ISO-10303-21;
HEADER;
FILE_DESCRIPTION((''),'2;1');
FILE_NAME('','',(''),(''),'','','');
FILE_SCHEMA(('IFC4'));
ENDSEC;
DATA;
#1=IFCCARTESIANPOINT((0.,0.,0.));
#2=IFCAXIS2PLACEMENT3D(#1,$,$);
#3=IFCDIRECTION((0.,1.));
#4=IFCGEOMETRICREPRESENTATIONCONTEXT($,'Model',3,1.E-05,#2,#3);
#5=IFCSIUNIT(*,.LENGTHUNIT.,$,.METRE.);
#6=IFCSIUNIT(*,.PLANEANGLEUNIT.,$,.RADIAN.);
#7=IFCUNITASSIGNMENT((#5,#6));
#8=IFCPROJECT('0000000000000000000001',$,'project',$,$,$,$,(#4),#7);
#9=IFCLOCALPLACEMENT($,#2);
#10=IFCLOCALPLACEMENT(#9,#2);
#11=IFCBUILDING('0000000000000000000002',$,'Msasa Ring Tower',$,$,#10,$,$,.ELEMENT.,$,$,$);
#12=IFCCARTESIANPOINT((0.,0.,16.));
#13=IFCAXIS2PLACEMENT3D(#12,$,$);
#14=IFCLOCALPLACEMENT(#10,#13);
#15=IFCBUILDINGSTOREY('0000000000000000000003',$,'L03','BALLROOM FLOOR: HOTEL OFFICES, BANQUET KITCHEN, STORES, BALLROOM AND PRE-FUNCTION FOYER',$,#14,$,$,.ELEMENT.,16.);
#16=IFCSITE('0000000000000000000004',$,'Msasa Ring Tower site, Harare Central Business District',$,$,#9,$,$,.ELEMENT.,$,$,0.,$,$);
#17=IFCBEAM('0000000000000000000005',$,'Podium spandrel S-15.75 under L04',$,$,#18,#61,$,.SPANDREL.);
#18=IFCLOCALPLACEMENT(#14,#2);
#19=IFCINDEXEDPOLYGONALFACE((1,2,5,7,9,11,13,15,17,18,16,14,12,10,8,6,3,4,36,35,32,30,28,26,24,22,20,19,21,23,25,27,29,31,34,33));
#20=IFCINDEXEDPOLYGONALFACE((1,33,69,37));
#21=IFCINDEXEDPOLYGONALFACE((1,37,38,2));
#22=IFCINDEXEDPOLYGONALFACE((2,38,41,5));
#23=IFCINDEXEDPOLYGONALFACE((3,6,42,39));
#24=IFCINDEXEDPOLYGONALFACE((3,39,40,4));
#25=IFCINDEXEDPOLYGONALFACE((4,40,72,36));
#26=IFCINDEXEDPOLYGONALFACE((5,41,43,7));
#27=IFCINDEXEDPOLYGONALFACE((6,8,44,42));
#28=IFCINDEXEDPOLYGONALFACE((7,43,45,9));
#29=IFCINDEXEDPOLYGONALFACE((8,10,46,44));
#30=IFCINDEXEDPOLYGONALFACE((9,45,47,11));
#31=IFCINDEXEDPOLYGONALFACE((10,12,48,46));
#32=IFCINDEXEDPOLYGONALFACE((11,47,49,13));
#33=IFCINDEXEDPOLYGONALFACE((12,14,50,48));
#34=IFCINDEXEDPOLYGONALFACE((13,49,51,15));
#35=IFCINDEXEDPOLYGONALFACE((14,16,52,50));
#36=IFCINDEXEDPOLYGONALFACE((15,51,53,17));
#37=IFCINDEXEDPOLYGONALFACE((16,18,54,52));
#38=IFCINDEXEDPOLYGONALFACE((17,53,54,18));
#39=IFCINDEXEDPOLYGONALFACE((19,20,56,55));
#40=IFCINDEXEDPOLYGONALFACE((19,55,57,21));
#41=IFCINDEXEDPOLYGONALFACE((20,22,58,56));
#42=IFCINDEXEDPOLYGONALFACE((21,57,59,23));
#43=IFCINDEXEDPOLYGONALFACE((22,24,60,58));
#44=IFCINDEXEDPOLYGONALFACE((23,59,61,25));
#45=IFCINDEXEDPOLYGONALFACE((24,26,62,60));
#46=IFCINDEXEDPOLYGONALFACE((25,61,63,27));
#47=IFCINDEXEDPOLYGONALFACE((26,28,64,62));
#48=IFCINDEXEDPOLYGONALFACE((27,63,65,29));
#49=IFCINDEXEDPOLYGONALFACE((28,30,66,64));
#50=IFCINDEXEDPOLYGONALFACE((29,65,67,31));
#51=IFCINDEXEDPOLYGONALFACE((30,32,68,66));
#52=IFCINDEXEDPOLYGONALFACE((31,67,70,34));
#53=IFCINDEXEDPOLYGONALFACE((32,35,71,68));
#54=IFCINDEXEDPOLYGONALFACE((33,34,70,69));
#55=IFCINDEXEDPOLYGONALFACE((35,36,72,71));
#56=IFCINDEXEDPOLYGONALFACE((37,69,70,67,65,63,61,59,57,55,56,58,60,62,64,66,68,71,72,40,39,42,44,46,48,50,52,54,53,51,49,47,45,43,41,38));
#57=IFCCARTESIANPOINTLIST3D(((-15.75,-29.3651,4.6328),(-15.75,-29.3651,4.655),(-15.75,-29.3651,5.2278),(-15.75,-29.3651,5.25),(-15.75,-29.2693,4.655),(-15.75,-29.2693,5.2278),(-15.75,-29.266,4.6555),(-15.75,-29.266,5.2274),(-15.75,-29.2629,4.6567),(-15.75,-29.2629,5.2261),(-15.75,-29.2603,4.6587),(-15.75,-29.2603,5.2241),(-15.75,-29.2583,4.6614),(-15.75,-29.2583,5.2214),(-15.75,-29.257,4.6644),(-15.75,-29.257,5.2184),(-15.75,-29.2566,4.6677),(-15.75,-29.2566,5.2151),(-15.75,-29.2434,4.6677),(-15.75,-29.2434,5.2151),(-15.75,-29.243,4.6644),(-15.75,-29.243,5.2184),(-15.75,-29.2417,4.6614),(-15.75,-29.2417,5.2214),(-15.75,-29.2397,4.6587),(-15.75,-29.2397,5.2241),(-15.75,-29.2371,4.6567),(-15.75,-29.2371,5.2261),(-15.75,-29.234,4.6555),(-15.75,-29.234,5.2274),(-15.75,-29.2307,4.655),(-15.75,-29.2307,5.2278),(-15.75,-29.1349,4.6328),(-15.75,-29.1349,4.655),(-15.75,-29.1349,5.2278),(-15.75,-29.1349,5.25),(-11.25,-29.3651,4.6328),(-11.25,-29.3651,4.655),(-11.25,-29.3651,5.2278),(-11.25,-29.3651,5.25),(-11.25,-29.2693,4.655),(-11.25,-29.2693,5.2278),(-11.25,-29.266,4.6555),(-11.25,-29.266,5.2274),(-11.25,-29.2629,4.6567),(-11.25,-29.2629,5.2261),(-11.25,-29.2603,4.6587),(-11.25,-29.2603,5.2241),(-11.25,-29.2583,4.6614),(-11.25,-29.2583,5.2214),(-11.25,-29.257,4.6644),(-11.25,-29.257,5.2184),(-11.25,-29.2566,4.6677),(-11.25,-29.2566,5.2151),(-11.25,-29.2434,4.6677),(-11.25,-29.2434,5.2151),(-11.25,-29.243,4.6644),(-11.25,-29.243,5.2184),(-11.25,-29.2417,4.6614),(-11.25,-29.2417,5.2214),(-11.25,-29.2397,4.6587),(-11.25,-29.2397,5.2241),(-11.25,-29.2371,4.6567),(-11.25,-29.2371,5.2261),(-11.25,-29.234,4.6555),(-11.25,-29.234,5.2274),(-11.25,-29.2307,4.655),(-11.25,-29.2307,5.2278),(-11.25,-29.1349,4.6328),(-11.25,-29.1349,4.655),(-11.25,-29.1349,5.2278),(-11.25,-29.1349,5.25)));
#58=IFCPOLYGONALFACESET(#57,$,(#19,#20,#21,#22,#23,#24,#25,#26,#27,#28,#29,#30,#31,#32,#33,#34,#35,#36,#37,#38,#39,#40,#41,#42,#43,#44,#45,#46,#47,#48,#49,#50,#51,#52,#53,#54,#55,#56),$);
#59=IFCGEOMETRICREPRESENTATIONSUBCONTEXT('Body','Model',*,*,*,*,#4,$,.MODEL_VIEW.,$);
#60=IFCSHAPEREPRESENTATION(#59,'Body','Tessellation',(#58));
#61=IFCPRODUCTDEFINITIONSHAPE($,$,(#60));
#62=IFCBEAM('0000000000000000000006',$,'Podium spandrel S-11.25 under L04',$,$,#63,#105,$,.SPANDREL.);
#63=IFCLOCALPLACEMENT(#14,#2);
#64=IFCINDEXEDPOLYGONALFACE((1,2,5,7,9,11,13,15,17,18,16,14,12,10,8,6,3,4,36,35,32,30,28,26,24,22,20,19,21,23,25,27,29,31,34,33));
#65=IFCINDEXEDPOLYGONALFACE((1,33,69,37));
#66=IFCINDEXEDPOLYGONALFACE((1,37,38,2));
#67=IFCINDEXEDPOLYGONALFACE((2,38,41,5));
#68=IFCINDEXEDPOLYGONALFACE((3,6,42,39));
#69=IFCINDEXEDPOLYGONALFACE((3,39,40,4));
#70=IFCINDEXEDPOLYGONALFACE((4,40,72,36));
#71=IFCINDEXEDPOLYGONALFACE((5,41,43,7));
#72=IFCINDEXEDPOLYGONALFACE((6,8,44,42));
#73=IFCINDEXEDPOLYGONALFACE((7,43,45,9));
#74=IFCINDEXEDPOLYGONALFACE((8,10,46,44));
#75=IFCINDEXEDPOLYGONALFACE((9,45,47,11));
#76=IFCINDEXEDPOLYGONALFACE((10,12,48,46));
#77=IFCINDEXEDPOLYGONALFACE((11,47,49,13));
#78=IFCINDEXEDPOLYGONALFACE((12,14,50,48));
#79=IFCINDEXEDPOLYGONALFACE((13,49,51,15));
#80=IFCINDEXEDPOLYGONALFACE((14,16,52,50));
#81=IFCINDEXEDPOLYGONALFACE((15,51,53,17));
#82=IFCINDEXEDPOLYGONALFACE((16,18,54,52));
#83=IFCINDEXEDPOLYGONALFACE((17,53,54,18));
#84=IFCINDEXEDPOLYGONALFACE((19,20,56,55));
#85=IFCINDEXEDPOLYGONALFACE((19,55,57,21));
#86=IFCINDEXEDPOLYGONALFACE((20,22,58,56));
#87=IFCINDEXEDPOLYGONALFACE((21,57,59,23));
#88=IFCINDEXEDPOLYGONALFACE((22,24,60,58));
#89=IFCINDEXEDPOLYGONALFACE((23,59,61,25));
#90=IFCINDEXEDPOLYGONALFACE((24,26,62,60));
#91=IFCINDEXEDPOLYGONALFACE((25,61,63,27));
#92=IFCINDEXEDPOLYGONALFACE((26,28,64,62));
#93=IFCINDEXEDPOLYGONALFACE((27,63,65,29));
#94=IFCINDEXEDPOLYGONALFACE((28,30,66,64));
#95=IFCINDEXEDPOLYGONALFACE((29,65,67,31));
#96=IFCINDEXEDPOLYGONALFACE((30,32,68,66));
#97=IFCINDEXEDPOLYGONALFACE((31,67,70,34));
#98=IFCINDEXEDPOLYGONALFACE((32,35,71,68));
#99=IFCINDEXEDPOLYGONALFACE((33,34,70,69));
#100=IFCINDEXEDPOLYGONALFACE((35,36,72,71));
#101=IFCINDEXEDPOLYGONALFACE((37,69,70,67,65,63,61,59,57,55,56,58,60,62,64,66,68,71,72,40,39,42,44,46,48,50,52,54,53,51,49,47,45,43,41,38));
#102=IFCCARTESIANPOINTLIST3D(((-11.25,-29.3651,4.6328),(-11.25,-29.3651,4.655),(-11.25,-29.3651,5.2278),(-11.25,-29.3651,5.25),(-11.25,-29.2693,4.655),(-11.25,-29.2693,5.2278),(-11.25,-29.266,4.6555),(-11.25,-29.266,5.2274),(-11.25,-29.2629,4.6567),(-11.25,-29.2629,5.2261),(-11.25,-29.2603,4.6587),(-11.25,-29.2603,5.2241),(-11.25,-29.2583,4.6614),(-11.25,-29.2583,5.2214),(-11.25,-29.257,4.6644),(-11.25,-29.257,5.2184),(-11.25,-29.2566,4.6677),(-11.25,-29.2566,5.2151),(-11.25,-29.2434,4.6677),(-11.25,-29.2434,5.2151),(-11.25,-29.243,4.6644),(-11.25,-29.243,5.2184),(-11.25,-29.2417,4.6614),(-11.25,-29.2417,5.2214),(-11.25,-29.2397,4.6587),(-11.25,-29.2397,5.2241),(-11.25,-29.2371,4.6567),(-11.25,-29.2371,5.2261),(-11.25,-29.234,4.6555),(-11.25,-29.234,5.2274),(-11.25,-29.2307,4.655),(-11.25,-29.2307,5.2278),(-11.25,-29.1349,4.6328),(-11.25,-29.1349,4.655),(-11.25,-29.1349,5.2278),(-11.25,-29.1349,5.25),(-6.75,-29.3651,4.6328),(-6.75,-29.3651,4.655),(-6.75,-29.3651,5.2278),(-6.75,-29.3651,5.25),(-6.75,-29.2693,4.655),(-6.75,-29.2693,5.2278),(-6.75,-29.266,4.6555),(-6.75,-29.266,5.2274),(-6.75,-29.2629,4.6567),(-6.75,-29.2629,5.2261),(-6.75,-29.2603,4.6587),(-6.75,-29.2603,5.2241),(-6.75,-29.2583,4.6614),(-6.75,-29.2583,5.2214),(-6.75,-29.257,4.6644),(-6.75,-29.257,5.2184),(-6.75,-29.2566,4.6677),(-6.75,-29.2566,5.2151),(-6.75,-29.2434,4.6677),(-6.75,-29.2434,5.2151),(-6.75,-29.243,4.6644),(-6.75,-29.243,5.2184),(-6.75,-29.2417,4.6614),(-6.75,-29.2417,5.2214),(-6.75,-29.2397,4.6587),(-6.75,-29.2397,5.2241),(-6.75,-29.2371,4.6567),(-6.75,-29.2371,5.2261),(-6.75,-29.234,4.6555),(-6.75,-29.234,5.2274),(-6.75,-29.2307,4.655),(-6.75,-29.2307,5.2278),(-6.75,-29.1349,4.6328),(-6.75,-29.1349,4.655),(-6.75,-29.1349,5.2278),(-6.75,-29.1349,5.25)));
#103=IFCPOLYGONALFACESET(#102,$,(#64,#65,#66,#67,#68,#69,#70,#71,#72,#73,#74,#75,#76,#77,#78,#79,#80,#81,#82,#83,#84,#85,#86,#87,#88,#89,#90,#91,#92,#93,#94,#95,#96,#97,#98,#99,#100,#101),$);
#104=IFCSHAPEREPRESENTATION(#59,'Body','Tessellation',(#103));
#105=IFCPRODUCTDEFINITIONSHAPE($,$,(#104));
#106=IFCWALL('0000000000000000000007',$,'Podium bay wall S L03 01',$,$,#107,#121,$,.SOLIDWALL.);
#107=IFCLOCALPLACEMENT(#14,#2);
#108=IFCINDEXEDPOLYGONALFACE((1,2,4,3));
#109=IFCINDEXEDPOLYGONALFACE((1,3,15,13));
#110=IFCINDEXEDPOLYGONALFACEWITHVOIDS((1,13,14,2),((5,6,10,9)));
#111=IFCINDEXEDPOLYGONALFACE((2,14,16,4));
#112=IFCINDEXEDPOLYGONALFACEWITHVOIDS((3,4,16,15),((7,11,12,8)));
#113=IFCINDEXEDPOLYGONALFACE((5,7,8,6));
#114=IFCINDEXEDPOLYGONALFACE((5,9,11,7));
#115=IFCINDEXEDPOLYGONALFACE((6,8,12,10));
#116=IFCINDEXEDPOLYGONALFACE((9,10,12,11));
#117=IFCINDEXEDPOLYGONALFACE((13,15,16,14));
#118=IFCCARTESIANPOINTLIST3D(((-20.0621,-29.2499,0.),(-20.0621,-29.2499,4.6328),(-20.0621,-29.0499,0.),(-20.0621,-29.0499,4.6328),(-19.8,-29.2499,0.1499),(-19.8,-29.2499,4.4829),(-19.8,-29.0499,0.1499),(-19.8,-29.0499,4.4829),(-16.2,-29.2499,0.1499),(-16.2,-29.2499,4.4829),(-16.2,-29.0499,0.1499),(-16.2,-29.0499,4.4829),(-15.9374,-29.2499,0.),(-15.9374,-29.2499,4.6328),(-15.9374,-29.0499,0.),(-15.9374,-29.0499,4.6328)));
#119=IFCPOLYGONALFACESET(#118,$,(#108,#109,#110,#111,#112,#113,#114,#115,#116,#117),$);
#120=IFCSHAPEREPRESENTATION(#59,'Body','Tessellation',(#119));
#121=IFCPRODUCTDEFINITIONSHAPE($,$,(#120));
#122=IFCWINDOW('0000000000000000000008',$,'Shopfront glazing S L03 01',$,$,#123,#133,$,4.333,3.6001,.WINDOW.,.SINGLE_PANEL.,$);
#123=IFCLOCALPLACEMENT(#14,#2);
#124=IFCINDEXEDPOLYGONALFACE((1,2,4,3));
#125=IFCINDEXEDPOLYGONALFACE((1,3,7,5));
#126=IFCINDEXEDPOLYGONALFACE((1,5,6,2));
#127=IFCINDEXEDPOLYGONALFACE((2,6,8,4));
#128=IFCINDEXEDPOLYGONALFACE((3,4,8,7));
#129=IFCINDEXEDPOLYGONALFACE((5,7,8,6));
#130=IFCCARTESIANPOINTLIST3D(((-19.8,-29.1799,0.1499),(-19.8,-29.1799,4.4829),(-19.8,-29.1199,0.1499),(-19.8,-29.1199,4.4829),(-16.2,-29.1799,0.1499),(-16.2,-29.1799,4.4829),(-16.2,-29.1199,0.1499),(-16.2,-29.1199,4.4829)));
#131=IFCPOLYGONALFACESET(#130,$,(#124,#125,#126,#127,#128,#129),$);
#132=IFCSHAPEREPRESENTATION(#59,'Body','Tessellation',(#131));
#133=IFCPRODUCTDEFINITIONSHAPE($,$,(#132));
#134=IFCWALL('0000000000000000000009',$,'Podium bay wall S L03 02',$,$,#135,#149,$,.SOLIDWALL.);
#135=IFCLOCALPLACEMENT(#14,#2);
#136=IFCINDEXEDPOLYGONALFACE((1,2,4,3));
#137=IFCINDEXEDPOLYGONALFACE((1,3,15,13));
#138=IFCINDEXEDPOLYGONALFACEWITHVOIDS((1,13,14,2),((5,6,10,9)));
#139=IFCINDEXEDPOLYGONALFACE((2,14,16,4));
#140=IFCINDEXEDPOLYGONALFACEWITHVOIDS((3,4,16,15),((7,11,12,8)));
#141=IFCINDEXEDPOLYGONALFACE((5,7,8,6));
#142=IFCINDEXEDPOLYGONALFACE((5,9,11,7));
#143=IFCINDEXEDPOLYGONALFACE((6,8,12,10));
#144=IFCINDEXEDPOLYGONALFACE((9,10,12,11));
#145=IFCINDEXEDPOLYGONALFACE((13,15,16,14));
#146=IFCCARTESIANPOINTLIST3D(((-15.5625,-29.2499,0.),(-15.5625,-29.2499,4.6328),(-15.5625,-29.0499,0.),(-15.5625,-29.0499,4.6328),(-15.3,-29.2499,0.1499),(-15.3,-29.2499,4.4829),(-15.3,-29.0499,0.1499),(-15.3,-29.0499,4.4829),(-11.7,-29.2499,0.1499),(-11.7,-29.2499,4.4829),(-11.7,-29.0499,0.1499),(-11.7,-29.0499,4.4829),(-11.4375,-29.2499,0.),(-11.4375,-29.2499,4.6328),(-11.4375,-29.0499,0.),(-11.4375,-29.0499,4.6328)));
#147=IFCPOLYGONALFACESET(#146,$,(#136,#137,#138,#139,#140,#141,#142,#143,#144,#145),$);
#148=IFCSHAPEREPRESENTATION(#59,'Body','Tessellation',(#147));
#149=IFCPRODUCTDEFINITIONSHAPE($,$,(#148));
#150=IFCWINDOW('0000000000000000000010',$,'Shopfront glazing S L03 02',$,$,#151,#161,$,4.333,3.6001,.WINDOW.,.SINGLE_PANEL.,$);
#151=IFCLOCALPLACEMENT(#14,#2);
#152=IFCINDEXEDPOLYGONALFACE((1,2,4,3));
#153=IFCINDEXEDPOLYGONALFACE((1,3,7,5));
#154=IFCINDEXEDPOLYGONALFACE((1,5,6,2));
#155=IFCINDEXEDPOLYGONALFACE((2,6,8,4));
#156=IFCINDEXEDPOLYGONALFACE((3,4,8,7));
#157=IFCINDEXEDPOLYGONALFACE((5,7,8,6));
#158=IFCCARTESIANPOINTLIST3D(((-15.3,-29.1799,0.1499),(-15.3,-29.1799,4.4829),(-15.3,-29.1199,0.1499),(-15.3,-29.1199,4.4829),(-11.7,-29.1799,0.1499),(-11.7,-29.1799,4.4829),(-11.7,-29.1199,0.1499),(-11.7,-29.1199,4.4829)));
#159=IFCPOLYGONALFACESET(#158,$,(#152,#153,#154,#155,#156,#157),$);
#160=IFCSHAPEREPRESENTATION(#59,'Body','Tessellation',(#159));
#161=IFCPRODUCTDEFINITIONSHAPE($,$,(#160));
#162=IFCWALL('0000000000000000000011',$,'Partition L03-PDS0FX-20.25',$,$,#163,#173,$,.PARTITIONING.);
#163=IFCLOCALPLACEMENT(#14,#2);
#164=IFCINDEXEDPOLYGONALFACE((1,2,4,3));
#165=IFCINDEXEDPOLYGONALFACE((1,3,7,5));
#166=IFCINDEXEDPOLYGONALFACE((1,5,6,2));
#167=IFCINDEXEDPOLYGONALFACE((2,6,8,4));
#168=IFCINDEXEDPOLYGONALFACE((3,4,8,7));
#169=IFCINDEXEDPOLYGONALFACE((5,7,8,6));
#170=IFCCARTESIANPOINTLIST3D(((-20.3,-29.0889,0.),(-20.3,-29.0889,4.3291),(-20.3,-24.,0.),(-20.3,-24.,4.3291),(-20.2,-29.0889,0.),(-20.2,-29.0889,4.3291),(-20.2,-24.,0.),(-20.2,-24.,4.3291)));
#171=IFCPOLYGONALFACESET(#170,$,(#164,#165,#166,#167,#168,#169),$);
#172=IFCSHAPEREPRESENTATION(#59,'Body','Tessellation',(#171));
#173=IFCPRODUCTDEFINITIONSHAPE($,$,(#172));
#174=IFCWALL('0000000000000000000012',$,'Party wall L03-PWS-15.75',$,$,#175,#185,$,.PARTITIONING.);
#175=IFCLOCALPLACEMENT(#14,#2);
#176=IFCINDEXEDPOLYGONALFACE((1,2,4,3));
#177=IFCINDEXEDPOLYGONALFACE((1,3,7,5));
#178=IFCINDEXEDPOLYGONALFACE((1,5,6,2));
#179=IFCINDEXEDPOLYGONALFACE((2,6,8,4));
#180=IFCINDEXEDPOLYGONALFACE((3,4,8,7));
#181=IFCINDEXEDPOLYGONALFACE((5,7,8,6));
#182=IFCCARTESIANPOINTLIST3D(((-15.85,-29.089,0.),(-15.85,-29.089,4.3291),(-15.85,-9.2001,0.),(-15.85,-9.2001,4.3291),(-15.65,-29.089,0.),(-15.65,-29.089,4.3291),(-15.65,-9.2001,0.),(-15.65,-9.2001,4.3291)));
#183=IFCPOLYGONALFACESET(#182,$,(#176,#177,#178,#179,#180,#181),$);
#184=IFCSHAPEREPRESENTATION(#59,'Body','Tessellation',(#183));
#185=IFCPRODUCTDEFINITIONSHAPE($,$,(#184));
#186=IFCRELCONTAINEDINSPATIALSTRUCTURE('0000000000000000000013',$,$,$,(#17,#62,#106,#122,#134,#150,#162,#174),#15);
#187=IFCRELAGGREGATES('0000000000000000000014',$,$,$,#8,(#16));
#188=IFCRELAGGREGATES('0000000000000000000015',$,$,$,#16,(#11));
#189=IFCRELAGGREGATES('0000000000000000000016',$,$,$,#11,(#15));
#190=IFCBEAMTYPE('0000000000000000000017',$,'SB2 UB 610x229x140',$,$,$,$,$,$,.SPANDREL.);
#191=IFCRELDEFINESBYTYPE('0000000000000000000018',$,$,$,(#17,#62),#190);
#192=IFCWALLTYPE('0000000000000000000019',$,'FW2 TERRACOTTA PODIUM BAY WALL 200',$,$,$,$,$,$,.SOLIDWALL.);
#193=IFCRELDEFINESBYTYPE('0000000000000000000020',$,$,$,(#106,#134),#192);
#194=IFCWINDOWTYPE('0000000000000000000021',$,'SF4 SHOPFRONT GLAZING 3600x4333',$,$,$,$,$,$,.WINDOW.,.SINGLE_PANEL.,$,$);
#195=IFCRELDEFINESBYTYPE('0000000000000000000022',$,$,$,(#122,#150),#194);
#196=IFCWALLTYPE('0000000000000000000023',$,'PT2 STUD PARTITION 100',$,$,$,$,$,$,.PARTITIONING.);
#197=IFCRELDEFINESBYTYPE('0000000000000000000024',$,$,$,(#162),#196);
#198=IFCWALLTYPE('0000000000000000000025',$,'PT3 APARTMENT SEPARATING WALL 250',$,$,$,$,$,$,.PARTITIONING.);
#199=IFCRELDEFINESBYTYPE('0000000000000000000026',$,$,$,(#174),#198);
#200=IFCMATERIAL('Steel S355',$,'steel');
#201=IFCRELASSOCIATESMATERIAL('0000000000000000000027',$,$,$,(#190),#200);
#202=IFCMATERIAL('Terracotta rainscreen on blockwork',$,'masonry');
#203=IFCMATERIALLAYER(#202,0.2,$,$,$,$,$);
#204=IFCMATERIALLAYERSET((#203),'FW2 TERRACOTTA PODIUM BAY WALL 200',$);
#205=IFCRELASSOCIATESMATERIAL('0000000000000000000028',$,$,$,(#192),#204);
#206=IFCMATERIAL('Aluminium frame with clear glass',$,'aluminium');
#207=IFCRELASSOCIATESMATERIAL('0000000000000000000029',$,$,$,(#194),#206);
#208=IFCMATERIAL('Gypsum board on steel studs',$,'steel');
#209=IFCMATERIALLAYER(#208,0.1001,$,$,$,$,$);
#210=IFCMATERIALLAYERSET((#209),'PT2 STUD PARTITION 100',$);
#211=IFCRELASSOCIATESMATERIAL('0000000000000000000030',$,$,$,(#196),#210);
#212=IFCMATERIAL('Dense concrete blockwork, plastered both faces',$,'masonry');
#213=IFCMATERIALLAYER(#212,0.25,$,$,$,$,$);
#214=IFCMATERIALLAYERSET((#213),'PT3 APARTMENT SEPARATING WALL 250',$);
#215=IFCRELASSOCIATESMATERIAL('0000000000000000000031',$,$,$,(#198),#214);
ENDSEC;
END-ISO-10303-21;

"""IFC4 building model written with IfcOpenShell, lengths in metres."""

from ifc_helpers import new_model, si_unit, direction, frame, frame_2d, origin, origin_2d, place, context, subcontext, project, spatial, rectangle, i_section, extrude, material, layer, layer_set, material_profile, profile_set, type_object, element, fill, save


model = new_model("IFC4")

# Units and contexts
model_context = context("Model", 3, precision=1e-05, world=origin(), true_north=direction((0.0, 1.0)))
body_context = subcontext(model_context, "Body", "Model", "MODEL_VIEW")
ifc_project = project(units=[si_unit("LENGTHUNIT", "METRE"), si_unit("PLANEANGLEUNIT", "RADIAN")], contexts=[model_context])

# Site, building, storey
site_placement = place(None, origin())
site = spatial("IfcSite", under=ifc_project, at=site_placement, Name="Msasa Ring Tower site, Harare Central Business District", CompositionType="ELEMENT", RefElevation=0.0)
building_placement = place(site_placement, origin())
building = spatial("IfcBuilding", under=site, at=building_placement, Name="Msasa Ring Tower", CompositionType="ELEMENT")
storey_placement = place(building_placement, frame((0.0, 0.0, 16.0)))
storey = spatial("IfcBuildingStorey", under=building, at=storey_placement, Name="L03", Description="BALLROOM FLOOR: HOTEL OFFICES, BANQUET KITCHEN, STORES, BALLROOM AND PRE-FUNCTION FOYER", CompositionType="ELEMENT", Elevation=16.0)

# Beams
ifc_material_1 = material(Name="Steel S355", Category="steel")
ifc_material_profile_1 = material_profile(ifc_material_1, i_section(OverallWidth=0.2302, OverallDepth=0.6172, WebThickness=0.0132, FlangeThickness=0.0222, FilletRadius=0.0127, at=origin_2d()), Name="UB 610x229x140")
ifc_profile_set_1 = profile_set([ifc_material_profile_1], Name="Steel S355")
beam_type_1 = type_object("IfcBeamType", Name="SB2 UB 610x229x140", PredefinedType="SPANDREL", material=ifc_profile_set_1)
for number, where, z_axis, x_axis, name in (
    (1, (-15.75, -29.25, 4.9414), (1.0, 0.0, 0.0), (0.0, 1.0, 0.0), "Podium spandrel S-15.75 under L04"),
    (2, (-11.25, -29.25, 4.9414), (1.0, 0.0, 0.0), (0.0, 1.0, 0.0), "Podium spandrel S-11.25 under L04"),
):
    element("IfcBeam", number, at=place(storey_placement, frame(where, z_axis=z_axis, x_axis=x_axis)), inside=storey, type_object=beam_type_1, Name=name, PredefinedType="SPANDREL", context=body_context, shape_type="SweptSolid", body=[
        extrude(i_section(OverallWidth=0.2302, OverallDepth=0.6172, WebThickness=0.0132, FlangeThickness=0.0222, FilletRadius=0.0127, at=origin_2d()), origin(), (0.0, 0.0, 1.0), 4.5),
    ])

# Walls, openings, windows
ifc_material_2 = material(Name="Terracotta rainscreen on blockwork", Category="masonry")
ifc_layer_1 = layer(ifc_material_2, 0.2)
ifc_layer_set_1 = layer_set([ifc_layer_1], Name="FW2 TERRACOTTA PODIUM BAY WALL 200")
wall_type_1 = type_object("IfcWallType", Name="FW2 TERRACOTTA PODIUM BAY WALL 200", PredefinedType="SOLIDWALL", material=ifc_layer_set_1)
wall_1_placement = place(storey_placement, frame((-20.0623, -29.1499, 0.0), z_axis=(0.0, 0.0, 1.0), x_axis=(1.0, 0.0, 0.0)))
wall_1 = element("IfcWall", 3, at=wall_1_placement, inside=storey, type_object=wall_type_1, Name="Podium bay wall S L03 01", PredefinedType="SOLIDWALL", context=body_context, shape_type="SweptSolid", body=[
    extrude(rectangle(XDim=4.1248, YDim=0.2, at=frame_2d((2.0625, 0.0))), origin(), (0.0, 0.0, 1.0), 4.6328),
])
opening_1_placement = place(wall_1_placement, frame((0.2622, 0.0, 0.1499)))
opening_1 = element("IfcOpeningElement", 4, at=opening_1_placement, cuts=wall_1, PredefinedType="OPENING", context=body_context, shape_type="SweptSolid", body=[
    extrude(rectangle(XDim=3.6001, YDim=4.333, at=frame_2d((1.8, 2.1665))), frame((0.0, 0.1099, 0.0), z_axis=(0.0, -1.0, 0.0), x_axis=(1.0, 0.0, 0.0)), (0.0, 0.0, 1.0), 0.22),
])
ifc_material_3 = material(Name="Aluminium frame with clear glass", Category="aluminium")
window_type = type_object("IfcWindowType", Name="SF4 SHOPFRONT GLAZING 3600x4333", PartitioningType="SINGLE_PANEL", PredefinedType="WINDOW", material=ifc_material_3)
window_1_placement = place(opening_1_placement, origin())
window_1 = element("IfcWindow", 5, at=window_1_placement, inside=storey, type_object=window_type, Name="Shopfront glazing S L03 01", OverallHeight=4.333, OverallWidth=3.6001, PartitioningType="SINGLE_PANEL", PredefinedType="WINDOW", context=body_context, shape_type="SweptSolid", body=[
    extrude(rectangle(XDim=3.6001, YDim=4.333, at=frame_2d((1.8, 2.1665))), frame((0.0, 0.03, 0.0), z_axis=(0.0, -1.0, 0.0), x_axis=(1.0, 0.0, 0.0)), (0.0, 0.0, 1.0), 0.0601),
])
fill(opening_1, window_1)
wall_2_placement = place(storey_placement, frame((-15.5625, -29.1499, 0.0), z_axis=(0.0, 0.0, 1.0), x_axis=(1.0, 0.0, 0.0)))
wall_2 = element("IfcWall", 6, at=wall_2_placement, inside=storey, type_object=wall_type_1, Name="Podium bay wall S L03 02", PredefinedType="SOLIDWALL", context=body_context, shape_type="SweptSolid", body=[
    extrude(rectangle(XDim=4.125, YDim=0.2, at=frame_2d((2.0625, 0.0))), origin(), (0.0, 0.0, 1.0), 4.6328),
])
opening_2_placement = place(wall_2_placement, frame((0.2625, 0.0, 0.1499)))
opening_2 = element("IfcOpeningElement", 7, at=opening_2_placement, cuts=wall_2, PredefinedType="OPENING", context=body_context, shape_type="SweptSolid", body=[
    extrude(rectangle(XDim=3.6001, YDim=4.333, at=frame_2d((1.8, 2.1665))), frame((0.0, 0.1099, 0.0), z_axis=(0.0, -1.0, 0.0), x_axis=(1.0, 0.0, 0.0)), (0.0, 0.0, 1.0), 0.22),
])
window_2_placement = place(opening_2_placement, origin())
window_2 = element("IfcWindow", 8, at=window_2_placement, inside=storey, type_object=window_type, Name="Shopfront glazing S L03 02", OverallHeight=4.333, OverallWidth=3.6001, PartitioningType="SINGLE_PANEL", PredefinedType="WINDOW", context=body_context, shape_type="SweptSolid", body=[
    extrude(rectangle(XDim=3.6001, YDim=4.333, at=frame_2d((1.8, 2.1665))), frame((0.0, 0.03, 0.0), z_axis=(0.0, -1.0, 0.0), x_axis=(1.0, 0.0, 0.0)), (0.0, 0.0, 1.0), 0.0601),
])
fill(opening_2, window_2)

# Walls
ifc_material_4 = material(Name="Gypsum board on steel studs", Category="steel")
ifc_layer_2 = layer(ifc_material_4, 0.1001)
ifc_layer_set_2 = layer_set([ifc_layer_2], Name="PT2 STUD PARTITION 100")
wall_type_2 = type_object("IfcWallType", Name="PT2 STUD PARTITION 100", PredefinedType="PARTITIONING", material=ifc_layer_set_2)
wall_3_placement = place(storey_placement, frame((-20.25, -29.0889, 0.0), z_axis=(0.0, 0.0, 1.0), x_axis=(0.0, 1.0, 0.0)))
element("IfcWall", 9, at=wall_3_placement, inside=storey, type_object=wall_type_2, Name="Partition L03-PDS0FX-20.25", PredefinedType="PARTITIONING", context=body_context, shape_type="SweptSolid", body=[
    extrude(rectangle(XDim=5.0889, YDim=0.1001, at=frame_2d((2.5444, 0.0))), origin(), (0.0, 0.0, 1.0), 4.3291),
])
ifc_material_5 = material(Name="Dense concrete blockwork, plastered both faces", Category="masonry")
ifc_layer_3 = layer(ifc_material_5, 0.25)
ifc_layer_set_3 = layer_set([ifc_layer_3], Name="PT3 APARTMENT SEPARATING WALL 250")
wall_type_3 = type_object("IfcWallType", Name="PT3 APARTMENT SEPARATING WALL 250", PredefinedType="PARTITIONING", material=ifc_layer_set_3)
wall_4_placement = place(storey_placement, frame((-15.75, -29.0889, 0.0), z_axis=(0.0, 0.0, 1.0), x_axis=(0.0, 1.0, 0.0)))
element("IfcWall", 10, at=wall_4_placement, inside=storey, type_object=wall_type_3, Name="Party wall L03-PWS-15.75", PredefinedType="PARTITIONING", context=body_context, shape_type="SweptSolid", body=[
    extrude(rectangle(XDim=19.8889, YDim=0.2, at=frame_2d((9.9443, 0.0))), origin(), (0.0, 0.0, 1.0), 4.3291),
])

save(model, "model.ifc")
